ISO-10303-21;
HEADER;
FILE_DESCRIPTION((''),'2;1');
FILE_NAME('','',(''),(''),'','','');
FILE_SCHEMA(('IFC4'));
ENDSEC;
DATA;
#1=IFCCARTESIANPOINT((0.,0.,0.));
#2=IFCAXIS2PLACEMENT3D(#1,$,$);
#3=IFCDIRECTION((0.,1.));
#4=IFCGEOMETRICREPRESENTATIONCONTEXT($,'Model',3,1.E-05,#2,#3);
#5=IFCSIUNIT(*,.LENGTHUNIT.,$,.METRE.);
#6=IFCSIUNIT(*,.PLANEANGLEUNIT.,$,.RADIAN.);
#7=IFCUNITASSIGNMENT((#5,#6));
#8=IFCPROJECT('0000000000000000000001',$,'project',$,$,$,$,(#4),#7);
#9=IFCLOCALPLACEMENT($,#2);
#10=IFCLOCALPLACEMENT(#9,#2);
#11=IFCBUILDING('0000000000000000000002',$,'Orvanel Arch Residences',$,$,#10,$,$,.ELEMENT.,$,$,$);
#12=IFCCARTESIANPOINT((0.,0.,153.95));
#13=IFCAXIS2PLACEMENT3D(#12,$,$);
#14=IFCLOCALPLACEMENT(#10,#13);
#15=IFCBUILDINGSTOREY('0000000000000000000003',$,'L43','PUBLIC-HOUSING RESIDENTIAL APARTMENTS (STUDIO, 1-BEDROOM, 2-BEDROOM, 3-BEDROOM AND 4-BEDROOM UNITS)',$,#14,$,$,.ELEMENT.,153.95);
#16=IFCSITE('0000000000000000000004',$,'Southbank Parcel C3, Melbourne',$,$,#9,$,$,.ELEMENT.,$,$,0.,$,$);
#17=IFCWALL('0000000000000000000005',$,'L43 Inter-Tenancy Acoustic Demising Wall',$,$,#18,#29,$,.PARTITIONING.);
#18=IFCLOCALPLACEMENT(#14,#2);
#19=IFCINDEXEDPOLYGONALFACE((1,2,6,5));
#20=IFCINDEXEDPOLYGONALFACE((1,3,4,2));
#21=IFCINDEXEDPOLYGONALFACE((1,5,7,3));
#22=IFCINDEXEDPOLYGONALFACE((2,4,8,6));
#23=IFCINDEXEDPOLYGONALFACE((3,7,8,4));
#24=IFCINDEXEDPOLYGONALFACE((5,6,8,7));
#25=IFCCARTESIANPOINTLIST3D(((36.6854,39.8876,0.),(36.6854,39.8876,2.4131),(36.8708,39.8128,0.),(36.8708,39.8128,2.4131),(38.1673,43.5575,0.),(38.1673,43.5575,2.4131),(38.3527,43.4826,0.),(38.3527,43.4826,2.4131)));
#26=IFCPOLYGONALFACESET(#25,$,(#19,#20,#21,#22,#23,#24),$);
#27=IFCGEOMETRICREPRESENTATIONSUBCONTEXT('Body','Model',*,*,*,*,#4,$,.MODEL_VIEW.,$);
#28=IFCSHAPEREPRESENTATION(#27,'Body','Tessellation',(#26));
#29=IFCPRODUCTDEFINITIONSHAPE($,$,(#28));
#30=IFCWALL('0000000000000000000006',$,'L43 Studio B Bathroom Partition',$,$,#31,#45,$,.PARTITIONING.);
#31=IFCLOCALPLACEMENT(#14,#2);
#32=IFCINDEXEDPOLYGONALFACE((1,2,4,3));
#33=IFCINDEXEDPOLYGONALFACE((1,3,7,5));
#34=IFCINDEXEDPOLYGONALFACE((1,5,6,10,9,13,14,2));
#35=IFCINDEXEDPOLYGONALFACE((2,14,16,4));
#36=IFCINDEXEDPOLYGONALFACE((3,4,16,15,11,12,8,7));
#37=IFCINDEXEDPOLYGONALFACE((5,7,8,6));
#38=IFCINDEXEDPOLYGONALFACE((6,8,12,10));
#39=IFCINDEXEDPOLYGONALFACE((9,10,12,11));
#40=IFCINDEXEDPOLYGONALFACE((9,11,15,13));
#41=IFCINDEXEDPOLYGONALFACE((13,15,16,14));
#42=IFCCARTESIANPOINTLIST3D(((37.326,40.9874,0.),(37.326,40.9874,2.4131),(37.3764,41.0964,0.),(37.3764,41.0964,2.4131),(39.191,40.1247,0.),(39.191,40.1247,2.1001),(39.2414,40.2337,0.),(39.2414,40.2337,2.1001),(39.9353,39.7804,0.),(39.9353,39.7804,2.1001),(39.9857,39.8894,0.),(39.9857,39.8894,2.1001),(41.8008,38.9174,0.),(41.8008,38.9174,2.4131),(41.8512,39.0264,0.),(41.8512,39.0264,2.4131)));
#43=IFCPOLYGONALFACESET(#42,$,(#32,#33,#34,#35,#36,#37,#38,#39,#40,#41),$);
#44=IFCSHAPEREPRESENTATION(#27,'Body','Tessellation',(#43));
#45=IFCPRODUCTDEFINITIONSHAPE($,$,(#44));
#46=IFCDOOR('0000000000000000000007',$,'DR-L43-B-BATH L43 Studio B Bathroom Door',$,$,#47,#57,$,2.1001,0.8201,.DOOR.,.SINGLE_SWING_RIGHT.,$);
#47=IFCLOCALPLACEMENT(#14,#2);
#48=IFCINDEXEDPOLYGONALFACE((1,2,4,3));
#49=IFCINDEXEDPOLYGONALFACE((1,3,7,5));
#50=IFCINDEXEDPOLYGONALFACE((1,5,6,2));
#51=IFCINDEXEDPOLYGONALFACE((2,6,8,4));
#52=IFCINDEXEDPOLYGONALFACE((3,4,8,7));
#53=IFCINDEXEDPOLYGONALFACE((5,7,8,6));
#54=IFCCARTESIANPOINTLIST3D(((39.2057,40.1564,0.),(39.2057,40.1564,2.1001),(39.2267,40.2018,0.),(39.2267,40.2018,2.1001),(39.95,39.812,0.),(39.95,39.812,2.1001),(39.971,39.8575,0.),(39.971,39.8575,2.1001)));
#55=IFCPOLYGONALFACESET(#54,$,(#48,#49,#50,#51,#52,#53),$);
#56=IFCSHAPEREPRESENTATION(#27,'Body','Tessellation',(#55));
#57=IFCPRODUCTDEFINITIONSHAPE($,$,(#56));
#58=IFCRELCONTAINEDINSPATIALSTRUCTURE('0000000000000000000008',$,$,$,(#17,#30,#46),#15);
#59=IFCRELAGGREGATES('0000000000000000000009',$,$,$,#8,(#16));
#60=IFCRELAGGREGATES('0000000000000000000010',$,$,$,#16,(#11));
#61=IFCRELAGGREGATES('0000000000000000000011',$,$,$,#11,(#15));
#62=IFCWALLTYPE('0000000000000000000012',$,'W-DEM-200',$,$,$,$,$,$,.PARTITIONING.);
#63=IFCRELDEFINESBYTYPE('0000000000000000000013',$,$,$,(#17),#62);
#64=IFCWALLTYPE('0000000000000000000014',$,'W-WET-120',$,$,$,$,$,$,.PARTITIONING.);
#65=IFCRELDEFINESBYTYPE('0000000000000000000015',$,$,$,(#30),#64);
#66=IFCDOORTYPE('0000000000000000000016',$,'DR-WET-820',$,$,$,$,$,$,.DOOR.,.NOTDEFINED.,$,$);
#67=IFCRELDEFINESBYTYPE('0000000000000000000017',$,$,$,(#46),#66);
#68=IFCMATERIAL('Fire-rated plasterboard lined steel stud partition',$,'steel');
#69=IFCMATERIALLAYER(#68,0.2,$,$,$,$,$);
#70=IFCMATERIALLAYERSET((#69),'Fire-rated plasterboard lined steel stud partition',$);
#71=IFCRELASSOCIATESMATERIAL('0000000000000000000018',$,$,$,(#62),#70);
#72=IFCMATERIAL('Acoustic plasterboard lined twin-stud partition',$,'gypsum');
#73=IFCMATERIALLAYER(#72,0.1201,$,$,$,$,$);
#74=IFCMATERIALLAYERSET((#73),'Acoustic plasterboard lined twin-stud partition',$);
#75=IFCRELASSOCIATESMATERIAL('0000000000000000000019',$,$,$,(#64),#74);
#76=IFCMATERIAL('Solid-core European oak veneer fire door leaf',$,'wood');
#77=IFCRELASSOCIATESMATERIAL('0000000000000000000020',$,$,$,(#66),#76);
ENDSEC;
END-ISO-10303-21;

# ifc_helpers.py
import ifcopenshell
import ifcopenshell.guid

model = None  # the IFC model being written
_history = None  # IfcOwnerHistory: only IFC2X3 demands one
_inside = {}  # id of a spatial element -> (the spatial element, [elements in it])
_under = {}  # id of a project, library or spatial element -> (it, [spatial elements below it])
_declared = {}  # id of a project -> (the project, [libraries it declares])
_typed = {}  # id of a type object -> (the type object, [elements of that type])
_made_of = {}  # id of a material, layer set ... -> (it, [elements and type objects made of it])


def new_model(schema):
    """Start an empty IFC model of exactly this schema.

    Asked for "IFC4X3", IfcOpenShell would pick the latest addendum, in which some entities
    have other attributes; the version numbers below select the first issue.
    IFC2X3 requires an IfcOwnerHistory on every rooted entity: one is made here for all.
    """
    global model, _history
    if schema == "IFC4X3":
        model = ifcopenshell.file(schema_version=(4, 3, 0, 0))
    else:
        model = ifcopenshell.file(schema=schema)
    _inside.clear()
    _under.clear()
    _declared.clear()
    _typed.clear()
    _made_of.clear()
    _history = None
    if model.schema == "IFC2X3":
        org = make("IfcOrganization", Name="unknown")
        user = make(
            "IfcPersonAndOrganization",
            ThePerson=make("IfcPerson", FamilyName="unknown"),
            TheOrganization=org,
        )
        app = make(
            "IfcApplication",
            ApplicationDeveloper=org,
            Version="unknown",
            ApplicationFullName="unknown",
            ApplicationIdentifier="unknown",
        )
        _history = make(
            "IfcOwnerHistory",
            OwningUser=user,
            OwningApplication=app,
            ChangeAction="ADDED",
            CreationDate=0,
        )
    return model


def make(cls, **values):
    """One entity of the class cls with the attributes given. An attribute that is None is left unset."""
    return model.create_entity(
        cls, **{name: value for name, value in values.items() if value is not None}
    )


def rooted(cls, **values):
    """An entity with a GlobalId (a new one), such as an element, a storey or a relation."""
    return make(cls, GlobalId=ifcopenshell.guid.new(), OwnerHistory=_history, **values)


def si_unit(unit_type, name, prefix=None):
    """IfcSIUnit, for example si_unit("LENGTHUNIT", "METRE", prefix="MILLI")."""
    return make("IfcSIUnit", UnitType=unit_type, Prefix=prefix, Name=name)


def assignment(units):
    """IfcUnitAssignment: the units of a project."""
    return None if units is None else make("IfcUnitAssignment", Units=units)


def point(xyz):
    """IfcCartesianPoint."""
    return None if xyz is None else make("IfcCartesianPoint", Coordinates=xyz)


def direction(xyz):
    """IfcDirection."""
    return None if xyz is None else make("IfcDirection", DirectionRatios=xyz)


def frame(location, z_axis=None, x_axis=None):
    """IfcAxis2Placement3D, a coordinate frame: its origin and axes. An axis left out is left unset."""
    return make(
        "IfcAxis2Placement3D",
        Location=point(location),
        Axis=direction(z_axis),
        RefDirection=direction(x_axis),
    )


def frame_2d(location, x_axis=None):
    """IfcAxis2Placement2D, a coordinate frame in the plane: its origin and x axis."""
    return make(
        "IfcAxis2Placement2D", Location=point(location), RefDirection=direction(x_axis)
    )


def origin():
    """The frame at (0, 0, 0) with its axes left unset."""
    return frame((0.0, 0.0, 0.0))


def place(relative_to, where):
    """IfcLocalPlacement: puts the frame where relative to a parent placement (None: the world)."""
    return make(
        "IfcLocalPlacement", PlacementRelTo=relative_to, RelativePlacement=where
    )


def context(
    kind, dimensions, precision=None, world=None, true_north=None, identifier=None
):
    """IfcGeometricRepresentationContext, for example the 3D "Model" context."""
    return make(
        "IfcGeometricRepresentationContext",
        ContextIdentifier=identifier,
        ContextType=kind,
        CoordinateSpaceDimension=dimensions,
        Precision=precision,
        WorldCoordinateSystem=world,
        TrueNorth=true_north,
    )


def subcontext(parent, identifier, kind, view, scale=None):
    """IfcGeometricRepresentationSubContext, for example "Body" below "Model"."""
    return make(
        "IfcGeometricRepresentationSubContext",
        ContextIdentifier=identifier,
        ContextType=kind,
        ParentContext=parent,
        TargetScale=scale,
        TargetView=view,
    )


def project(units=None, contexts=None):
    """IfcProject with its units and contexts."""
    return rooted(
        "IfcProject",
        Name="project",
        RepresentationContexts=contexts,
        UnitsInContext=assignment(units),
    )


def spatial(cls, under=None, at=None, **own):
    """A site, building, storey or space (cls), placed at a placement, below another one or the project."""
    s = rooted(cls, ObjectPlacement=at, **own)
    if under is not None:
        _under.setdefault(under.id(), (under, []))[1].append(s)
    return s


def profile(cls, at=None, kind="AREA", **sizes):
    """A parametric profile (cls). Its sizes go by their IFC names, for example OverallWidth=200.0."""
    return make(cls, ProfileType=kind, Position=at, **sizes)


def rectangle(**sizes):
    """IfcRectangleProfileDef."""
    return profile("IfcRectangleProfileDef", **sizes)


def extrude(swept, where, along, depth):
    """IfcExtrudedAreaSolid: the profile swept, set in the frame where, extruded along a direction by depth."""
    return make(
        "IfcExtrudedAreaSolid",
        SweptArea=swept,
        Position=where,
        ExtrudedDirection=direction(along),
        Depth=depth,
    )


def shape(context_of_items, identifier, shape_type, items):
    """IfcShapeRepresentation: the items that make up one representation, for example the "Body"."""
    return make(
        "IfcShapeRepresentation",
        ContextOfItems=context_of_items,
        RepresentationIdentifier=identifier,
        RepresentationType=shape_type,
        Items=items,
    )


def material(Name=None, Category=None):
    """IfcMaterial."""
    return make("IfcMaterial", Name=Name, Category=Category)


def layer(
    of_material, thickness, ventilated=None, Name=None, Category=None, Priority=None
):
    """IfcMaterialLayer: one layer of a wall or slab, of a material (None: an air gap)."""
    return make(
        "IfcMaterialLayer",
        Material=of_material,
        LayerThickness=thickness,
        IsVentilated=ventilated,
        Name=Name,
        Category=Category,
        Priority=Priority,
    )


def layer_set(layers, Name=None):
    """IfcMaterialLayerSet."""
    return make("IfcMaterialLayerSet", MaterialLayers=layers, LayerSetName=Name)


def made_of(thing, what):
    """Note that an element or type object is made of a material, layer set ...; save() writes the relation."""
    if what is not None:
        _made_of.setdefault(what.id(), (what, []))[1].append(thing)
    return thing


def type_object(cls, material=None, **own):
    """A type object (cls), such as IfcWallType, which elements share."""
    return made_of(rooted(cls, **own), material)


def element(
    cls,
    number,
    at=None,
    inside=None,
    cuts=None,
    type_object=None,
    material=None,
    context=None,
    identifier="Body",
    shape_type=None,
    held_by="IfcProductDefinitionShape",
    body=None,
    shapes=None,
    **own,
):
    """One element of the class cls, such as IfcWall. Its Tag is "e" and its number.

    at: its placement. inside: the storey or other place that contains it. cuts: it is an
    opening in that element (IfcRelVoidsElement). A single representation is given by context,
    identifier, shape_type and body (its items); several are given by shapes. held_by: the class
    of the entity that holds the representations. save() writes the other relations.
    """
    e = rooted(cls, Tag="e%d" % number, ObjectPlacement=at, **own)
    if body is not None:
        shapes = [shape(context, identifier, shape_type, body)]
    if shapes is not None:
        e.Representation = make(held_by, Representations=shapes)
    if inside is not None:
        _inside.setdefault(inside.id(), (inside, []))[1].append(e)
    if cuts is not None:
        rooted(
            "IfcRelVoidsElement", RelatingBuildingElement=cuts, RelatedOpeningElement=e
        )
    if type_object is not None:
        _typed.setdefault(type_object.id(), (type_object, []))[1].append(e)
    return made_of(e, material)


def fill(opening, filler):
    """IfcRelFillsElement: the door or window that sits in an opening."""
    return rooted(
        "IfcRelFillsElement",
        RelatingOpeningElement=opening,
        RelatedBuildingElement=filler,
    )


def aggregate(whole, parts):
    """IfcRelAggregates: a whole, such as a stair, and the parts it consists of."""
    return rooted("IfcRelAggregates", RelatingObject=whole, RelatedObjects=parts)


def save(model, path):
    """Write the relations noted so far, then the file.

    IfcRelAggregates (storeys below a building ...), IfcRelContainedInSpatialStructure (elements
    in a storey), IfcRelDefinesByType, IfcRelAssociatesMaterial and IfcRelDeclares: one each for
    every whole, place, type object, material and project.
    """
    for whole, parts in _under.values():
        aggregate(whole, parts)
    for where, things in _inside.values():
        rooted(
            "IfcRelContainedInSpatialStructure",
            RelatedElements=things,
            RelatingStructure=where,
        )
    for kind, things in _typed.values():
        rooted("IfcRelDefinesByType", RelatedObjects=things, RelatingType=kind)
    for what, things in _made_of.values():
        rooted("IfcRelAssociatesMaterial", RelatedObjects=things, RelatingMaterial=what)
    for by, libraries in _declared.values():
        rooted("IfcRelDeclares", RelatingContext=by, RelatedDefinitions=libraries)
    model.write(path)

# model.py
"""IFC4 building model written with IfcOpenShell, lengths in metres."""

from ifc_helpers import new_model, si_unit, direction, frame, frame_2d, origin, place, context, subcontext, project, spatial, rectangle, extrude, material, layer, layer_set, type_object, element, fill, save


model = new_model("IFC4")

# Units and contexts
model_context = context("Model", 3, precision=1e-05, world=origin(), true_north=direction((0.0, 1.0)))
body_context = subcontext(model_context, "Body", "Model", "MODEL_VIEW")
ifc_project = project(units=[si_unit("LENGTHUNIT", "METRE"), si_unit("PLANEANGLEUNIT", "RADIAN")], contexts=[model_context])

# Site, building, storey
site_placement = place(None, origin())
site = spatial("IfcSite", under=ifc_project, at=site_placement, Name="Southbank Parcel C3, Melbourne", CompositionType="ELEMENT", RefElevation=0.0)
building_placement = place(site_placement, origin())
building = spatial("IfcBuilding", under=site, at=building_placement, Name="Orvanel Arch Residences", CompositionType="ELEMENT")
storey_placement = place(building_placement, frame((0.0, 0.0, 153.95)))
storey = spatial("IfcBuildingStorey", under=building, at=storey_placement, Name="L43", Description="PUBLIC-HOUSING RESIDENTIAL APARTMENTS (STUDIO, 1-BEDROOM, 2-BEDROOM, 3-BEDROOM AND 4-BEDROOM UNITS)", CompositionType="ELEMENT", Elevation=153.95)

# Wall
ifc_material_1 = material(Name="Fire-rated plasterboard lined steel stud partition", Category="steel")
ifc_layer_1 = layer(ifc_material_1, 0.2)
ifc_layer_set_1 = layer_set([ifc_layer_1], Name="Fire-rated plasterboard lined steel stud partition")
wall_type_1 = type_object("IfcWallType", Name="W-DEM-200", PredefinedType="PARTITIONING", material=ifc_layer_set_1)
wall_1_placement = place(storey_placement, frame((36.7781, 39.8501, 0.0), z_axis=(0.0, 0.0, 1.0), x_axis=(0.37443, 0.927255, 0.0)))
element("IfcWall", 1, at=wall_1_placement, inside=storey, type_object=wall_type_1, Name="L43 Inter-Tenancy Acoustic Demising Wall", PredefinedType="PARTITIONING", context=body_context, shape_type="SweptSolid", body=[
    extrude(rectangle(XDim=3.9578, YDim=0.2, at=frame_2d((1.979, 0.0))), origin(), (0.0, 0.0, 1.0), 2.4131),
])

# Wall, opening, door
ifc_material_2 = material(Name="Acoustic plasterboard lined twin-stud partition", Category="gypsum")
ifc_layer_2 = layer(ifc_material_2, 0.1201)
ifc_layer_set_2 = layer_set([ifc_layer_2], Name="Acoustic plasterboard lined twin-stud partition")
wall_type_2 = type_object("IfcWallType", Name="W-WET-120", PredefinedType="PARTITIONING", material=ifc_layer_set_2)
wall_2_placement = place(storey_placement, frame((37.3511, 41.042, 0.0), z_axis=(0.0, 0.0, 1.0), x_axis=(0.907592, -0.419852, 0.0)))
wall_2 = element("IfcWall", 2, at=wall_2_placement, inside=storey, type_object=wall_type_2, Name="L43 Studio B Bathroom Partition", PredefinedType="PARTITIONING", context=body_context, shape_type="SweptSolid", body=[
    extrude(rectangle(XDim=4.9304, YDim=0.1201, at=frame_2d((2.4653, 0.0))), origin(), (0.0, 0.0, 1.0), 2.4131),
])
opening_1_placement = place(wall_2_placement, frame((2.0549, 0.0, 0.0)))
opening_1 = element("IfcOpeningElement", 3, at=opening_1_placement, cuts=wall_2, PredefinedType="OPENING", context=body_context, shape_type="SweptSolid", body=[
    extrude(rectangle(XDim=0.8201, YDim=2.1001, at=frame_2d((0.4102, 1.05))), frame((0.0, 0.0701, 0.0), z_axis=(0.0, -1.0, 0.0), x_axis=(1.0, 0.0, 0.0)), (0.0, 0.0, 1.0), 0.1401),
])
ifc_material_3 = material(Name="Solid-core European oak veneer fire door leaf", Category="wood")
door_type_1 = type_object("IfcDoorType", Name="DR-WET-820", OperationType="NOTDEFINED", PredefinedType="DOOR", material=ifc_material_3)
door_1_placement = place(opening_1_placement, origin())
door_1 = element("IfcDoor", 4, at=door_1_placement, inside=storey, type_object=door_type_1, Name="DR-L43-B-BATH L43 Studio B Bathroom Door", OperationType="SINGLE_SWING_RIGHT", OverallHeight=2.1001, OverallWidth=0.8201, PredefinedType="DOOR", context=body_context, shape_type="SweptSolid", body=[
    extrude(rectangle(XDim=0.8201, YDim=2.1001, at=frame_2d((0.4102, 1.05))), frame((0.0, 0.0249, 0.0), z_axis=(0.0, -1.0, 0.0), x_axis=(1.0, 0.0, 0.0)), (0.0, 0.0, 1.0), 0.05),
])
fill(opening_1, door_1)

save(model, "model.ifc")
